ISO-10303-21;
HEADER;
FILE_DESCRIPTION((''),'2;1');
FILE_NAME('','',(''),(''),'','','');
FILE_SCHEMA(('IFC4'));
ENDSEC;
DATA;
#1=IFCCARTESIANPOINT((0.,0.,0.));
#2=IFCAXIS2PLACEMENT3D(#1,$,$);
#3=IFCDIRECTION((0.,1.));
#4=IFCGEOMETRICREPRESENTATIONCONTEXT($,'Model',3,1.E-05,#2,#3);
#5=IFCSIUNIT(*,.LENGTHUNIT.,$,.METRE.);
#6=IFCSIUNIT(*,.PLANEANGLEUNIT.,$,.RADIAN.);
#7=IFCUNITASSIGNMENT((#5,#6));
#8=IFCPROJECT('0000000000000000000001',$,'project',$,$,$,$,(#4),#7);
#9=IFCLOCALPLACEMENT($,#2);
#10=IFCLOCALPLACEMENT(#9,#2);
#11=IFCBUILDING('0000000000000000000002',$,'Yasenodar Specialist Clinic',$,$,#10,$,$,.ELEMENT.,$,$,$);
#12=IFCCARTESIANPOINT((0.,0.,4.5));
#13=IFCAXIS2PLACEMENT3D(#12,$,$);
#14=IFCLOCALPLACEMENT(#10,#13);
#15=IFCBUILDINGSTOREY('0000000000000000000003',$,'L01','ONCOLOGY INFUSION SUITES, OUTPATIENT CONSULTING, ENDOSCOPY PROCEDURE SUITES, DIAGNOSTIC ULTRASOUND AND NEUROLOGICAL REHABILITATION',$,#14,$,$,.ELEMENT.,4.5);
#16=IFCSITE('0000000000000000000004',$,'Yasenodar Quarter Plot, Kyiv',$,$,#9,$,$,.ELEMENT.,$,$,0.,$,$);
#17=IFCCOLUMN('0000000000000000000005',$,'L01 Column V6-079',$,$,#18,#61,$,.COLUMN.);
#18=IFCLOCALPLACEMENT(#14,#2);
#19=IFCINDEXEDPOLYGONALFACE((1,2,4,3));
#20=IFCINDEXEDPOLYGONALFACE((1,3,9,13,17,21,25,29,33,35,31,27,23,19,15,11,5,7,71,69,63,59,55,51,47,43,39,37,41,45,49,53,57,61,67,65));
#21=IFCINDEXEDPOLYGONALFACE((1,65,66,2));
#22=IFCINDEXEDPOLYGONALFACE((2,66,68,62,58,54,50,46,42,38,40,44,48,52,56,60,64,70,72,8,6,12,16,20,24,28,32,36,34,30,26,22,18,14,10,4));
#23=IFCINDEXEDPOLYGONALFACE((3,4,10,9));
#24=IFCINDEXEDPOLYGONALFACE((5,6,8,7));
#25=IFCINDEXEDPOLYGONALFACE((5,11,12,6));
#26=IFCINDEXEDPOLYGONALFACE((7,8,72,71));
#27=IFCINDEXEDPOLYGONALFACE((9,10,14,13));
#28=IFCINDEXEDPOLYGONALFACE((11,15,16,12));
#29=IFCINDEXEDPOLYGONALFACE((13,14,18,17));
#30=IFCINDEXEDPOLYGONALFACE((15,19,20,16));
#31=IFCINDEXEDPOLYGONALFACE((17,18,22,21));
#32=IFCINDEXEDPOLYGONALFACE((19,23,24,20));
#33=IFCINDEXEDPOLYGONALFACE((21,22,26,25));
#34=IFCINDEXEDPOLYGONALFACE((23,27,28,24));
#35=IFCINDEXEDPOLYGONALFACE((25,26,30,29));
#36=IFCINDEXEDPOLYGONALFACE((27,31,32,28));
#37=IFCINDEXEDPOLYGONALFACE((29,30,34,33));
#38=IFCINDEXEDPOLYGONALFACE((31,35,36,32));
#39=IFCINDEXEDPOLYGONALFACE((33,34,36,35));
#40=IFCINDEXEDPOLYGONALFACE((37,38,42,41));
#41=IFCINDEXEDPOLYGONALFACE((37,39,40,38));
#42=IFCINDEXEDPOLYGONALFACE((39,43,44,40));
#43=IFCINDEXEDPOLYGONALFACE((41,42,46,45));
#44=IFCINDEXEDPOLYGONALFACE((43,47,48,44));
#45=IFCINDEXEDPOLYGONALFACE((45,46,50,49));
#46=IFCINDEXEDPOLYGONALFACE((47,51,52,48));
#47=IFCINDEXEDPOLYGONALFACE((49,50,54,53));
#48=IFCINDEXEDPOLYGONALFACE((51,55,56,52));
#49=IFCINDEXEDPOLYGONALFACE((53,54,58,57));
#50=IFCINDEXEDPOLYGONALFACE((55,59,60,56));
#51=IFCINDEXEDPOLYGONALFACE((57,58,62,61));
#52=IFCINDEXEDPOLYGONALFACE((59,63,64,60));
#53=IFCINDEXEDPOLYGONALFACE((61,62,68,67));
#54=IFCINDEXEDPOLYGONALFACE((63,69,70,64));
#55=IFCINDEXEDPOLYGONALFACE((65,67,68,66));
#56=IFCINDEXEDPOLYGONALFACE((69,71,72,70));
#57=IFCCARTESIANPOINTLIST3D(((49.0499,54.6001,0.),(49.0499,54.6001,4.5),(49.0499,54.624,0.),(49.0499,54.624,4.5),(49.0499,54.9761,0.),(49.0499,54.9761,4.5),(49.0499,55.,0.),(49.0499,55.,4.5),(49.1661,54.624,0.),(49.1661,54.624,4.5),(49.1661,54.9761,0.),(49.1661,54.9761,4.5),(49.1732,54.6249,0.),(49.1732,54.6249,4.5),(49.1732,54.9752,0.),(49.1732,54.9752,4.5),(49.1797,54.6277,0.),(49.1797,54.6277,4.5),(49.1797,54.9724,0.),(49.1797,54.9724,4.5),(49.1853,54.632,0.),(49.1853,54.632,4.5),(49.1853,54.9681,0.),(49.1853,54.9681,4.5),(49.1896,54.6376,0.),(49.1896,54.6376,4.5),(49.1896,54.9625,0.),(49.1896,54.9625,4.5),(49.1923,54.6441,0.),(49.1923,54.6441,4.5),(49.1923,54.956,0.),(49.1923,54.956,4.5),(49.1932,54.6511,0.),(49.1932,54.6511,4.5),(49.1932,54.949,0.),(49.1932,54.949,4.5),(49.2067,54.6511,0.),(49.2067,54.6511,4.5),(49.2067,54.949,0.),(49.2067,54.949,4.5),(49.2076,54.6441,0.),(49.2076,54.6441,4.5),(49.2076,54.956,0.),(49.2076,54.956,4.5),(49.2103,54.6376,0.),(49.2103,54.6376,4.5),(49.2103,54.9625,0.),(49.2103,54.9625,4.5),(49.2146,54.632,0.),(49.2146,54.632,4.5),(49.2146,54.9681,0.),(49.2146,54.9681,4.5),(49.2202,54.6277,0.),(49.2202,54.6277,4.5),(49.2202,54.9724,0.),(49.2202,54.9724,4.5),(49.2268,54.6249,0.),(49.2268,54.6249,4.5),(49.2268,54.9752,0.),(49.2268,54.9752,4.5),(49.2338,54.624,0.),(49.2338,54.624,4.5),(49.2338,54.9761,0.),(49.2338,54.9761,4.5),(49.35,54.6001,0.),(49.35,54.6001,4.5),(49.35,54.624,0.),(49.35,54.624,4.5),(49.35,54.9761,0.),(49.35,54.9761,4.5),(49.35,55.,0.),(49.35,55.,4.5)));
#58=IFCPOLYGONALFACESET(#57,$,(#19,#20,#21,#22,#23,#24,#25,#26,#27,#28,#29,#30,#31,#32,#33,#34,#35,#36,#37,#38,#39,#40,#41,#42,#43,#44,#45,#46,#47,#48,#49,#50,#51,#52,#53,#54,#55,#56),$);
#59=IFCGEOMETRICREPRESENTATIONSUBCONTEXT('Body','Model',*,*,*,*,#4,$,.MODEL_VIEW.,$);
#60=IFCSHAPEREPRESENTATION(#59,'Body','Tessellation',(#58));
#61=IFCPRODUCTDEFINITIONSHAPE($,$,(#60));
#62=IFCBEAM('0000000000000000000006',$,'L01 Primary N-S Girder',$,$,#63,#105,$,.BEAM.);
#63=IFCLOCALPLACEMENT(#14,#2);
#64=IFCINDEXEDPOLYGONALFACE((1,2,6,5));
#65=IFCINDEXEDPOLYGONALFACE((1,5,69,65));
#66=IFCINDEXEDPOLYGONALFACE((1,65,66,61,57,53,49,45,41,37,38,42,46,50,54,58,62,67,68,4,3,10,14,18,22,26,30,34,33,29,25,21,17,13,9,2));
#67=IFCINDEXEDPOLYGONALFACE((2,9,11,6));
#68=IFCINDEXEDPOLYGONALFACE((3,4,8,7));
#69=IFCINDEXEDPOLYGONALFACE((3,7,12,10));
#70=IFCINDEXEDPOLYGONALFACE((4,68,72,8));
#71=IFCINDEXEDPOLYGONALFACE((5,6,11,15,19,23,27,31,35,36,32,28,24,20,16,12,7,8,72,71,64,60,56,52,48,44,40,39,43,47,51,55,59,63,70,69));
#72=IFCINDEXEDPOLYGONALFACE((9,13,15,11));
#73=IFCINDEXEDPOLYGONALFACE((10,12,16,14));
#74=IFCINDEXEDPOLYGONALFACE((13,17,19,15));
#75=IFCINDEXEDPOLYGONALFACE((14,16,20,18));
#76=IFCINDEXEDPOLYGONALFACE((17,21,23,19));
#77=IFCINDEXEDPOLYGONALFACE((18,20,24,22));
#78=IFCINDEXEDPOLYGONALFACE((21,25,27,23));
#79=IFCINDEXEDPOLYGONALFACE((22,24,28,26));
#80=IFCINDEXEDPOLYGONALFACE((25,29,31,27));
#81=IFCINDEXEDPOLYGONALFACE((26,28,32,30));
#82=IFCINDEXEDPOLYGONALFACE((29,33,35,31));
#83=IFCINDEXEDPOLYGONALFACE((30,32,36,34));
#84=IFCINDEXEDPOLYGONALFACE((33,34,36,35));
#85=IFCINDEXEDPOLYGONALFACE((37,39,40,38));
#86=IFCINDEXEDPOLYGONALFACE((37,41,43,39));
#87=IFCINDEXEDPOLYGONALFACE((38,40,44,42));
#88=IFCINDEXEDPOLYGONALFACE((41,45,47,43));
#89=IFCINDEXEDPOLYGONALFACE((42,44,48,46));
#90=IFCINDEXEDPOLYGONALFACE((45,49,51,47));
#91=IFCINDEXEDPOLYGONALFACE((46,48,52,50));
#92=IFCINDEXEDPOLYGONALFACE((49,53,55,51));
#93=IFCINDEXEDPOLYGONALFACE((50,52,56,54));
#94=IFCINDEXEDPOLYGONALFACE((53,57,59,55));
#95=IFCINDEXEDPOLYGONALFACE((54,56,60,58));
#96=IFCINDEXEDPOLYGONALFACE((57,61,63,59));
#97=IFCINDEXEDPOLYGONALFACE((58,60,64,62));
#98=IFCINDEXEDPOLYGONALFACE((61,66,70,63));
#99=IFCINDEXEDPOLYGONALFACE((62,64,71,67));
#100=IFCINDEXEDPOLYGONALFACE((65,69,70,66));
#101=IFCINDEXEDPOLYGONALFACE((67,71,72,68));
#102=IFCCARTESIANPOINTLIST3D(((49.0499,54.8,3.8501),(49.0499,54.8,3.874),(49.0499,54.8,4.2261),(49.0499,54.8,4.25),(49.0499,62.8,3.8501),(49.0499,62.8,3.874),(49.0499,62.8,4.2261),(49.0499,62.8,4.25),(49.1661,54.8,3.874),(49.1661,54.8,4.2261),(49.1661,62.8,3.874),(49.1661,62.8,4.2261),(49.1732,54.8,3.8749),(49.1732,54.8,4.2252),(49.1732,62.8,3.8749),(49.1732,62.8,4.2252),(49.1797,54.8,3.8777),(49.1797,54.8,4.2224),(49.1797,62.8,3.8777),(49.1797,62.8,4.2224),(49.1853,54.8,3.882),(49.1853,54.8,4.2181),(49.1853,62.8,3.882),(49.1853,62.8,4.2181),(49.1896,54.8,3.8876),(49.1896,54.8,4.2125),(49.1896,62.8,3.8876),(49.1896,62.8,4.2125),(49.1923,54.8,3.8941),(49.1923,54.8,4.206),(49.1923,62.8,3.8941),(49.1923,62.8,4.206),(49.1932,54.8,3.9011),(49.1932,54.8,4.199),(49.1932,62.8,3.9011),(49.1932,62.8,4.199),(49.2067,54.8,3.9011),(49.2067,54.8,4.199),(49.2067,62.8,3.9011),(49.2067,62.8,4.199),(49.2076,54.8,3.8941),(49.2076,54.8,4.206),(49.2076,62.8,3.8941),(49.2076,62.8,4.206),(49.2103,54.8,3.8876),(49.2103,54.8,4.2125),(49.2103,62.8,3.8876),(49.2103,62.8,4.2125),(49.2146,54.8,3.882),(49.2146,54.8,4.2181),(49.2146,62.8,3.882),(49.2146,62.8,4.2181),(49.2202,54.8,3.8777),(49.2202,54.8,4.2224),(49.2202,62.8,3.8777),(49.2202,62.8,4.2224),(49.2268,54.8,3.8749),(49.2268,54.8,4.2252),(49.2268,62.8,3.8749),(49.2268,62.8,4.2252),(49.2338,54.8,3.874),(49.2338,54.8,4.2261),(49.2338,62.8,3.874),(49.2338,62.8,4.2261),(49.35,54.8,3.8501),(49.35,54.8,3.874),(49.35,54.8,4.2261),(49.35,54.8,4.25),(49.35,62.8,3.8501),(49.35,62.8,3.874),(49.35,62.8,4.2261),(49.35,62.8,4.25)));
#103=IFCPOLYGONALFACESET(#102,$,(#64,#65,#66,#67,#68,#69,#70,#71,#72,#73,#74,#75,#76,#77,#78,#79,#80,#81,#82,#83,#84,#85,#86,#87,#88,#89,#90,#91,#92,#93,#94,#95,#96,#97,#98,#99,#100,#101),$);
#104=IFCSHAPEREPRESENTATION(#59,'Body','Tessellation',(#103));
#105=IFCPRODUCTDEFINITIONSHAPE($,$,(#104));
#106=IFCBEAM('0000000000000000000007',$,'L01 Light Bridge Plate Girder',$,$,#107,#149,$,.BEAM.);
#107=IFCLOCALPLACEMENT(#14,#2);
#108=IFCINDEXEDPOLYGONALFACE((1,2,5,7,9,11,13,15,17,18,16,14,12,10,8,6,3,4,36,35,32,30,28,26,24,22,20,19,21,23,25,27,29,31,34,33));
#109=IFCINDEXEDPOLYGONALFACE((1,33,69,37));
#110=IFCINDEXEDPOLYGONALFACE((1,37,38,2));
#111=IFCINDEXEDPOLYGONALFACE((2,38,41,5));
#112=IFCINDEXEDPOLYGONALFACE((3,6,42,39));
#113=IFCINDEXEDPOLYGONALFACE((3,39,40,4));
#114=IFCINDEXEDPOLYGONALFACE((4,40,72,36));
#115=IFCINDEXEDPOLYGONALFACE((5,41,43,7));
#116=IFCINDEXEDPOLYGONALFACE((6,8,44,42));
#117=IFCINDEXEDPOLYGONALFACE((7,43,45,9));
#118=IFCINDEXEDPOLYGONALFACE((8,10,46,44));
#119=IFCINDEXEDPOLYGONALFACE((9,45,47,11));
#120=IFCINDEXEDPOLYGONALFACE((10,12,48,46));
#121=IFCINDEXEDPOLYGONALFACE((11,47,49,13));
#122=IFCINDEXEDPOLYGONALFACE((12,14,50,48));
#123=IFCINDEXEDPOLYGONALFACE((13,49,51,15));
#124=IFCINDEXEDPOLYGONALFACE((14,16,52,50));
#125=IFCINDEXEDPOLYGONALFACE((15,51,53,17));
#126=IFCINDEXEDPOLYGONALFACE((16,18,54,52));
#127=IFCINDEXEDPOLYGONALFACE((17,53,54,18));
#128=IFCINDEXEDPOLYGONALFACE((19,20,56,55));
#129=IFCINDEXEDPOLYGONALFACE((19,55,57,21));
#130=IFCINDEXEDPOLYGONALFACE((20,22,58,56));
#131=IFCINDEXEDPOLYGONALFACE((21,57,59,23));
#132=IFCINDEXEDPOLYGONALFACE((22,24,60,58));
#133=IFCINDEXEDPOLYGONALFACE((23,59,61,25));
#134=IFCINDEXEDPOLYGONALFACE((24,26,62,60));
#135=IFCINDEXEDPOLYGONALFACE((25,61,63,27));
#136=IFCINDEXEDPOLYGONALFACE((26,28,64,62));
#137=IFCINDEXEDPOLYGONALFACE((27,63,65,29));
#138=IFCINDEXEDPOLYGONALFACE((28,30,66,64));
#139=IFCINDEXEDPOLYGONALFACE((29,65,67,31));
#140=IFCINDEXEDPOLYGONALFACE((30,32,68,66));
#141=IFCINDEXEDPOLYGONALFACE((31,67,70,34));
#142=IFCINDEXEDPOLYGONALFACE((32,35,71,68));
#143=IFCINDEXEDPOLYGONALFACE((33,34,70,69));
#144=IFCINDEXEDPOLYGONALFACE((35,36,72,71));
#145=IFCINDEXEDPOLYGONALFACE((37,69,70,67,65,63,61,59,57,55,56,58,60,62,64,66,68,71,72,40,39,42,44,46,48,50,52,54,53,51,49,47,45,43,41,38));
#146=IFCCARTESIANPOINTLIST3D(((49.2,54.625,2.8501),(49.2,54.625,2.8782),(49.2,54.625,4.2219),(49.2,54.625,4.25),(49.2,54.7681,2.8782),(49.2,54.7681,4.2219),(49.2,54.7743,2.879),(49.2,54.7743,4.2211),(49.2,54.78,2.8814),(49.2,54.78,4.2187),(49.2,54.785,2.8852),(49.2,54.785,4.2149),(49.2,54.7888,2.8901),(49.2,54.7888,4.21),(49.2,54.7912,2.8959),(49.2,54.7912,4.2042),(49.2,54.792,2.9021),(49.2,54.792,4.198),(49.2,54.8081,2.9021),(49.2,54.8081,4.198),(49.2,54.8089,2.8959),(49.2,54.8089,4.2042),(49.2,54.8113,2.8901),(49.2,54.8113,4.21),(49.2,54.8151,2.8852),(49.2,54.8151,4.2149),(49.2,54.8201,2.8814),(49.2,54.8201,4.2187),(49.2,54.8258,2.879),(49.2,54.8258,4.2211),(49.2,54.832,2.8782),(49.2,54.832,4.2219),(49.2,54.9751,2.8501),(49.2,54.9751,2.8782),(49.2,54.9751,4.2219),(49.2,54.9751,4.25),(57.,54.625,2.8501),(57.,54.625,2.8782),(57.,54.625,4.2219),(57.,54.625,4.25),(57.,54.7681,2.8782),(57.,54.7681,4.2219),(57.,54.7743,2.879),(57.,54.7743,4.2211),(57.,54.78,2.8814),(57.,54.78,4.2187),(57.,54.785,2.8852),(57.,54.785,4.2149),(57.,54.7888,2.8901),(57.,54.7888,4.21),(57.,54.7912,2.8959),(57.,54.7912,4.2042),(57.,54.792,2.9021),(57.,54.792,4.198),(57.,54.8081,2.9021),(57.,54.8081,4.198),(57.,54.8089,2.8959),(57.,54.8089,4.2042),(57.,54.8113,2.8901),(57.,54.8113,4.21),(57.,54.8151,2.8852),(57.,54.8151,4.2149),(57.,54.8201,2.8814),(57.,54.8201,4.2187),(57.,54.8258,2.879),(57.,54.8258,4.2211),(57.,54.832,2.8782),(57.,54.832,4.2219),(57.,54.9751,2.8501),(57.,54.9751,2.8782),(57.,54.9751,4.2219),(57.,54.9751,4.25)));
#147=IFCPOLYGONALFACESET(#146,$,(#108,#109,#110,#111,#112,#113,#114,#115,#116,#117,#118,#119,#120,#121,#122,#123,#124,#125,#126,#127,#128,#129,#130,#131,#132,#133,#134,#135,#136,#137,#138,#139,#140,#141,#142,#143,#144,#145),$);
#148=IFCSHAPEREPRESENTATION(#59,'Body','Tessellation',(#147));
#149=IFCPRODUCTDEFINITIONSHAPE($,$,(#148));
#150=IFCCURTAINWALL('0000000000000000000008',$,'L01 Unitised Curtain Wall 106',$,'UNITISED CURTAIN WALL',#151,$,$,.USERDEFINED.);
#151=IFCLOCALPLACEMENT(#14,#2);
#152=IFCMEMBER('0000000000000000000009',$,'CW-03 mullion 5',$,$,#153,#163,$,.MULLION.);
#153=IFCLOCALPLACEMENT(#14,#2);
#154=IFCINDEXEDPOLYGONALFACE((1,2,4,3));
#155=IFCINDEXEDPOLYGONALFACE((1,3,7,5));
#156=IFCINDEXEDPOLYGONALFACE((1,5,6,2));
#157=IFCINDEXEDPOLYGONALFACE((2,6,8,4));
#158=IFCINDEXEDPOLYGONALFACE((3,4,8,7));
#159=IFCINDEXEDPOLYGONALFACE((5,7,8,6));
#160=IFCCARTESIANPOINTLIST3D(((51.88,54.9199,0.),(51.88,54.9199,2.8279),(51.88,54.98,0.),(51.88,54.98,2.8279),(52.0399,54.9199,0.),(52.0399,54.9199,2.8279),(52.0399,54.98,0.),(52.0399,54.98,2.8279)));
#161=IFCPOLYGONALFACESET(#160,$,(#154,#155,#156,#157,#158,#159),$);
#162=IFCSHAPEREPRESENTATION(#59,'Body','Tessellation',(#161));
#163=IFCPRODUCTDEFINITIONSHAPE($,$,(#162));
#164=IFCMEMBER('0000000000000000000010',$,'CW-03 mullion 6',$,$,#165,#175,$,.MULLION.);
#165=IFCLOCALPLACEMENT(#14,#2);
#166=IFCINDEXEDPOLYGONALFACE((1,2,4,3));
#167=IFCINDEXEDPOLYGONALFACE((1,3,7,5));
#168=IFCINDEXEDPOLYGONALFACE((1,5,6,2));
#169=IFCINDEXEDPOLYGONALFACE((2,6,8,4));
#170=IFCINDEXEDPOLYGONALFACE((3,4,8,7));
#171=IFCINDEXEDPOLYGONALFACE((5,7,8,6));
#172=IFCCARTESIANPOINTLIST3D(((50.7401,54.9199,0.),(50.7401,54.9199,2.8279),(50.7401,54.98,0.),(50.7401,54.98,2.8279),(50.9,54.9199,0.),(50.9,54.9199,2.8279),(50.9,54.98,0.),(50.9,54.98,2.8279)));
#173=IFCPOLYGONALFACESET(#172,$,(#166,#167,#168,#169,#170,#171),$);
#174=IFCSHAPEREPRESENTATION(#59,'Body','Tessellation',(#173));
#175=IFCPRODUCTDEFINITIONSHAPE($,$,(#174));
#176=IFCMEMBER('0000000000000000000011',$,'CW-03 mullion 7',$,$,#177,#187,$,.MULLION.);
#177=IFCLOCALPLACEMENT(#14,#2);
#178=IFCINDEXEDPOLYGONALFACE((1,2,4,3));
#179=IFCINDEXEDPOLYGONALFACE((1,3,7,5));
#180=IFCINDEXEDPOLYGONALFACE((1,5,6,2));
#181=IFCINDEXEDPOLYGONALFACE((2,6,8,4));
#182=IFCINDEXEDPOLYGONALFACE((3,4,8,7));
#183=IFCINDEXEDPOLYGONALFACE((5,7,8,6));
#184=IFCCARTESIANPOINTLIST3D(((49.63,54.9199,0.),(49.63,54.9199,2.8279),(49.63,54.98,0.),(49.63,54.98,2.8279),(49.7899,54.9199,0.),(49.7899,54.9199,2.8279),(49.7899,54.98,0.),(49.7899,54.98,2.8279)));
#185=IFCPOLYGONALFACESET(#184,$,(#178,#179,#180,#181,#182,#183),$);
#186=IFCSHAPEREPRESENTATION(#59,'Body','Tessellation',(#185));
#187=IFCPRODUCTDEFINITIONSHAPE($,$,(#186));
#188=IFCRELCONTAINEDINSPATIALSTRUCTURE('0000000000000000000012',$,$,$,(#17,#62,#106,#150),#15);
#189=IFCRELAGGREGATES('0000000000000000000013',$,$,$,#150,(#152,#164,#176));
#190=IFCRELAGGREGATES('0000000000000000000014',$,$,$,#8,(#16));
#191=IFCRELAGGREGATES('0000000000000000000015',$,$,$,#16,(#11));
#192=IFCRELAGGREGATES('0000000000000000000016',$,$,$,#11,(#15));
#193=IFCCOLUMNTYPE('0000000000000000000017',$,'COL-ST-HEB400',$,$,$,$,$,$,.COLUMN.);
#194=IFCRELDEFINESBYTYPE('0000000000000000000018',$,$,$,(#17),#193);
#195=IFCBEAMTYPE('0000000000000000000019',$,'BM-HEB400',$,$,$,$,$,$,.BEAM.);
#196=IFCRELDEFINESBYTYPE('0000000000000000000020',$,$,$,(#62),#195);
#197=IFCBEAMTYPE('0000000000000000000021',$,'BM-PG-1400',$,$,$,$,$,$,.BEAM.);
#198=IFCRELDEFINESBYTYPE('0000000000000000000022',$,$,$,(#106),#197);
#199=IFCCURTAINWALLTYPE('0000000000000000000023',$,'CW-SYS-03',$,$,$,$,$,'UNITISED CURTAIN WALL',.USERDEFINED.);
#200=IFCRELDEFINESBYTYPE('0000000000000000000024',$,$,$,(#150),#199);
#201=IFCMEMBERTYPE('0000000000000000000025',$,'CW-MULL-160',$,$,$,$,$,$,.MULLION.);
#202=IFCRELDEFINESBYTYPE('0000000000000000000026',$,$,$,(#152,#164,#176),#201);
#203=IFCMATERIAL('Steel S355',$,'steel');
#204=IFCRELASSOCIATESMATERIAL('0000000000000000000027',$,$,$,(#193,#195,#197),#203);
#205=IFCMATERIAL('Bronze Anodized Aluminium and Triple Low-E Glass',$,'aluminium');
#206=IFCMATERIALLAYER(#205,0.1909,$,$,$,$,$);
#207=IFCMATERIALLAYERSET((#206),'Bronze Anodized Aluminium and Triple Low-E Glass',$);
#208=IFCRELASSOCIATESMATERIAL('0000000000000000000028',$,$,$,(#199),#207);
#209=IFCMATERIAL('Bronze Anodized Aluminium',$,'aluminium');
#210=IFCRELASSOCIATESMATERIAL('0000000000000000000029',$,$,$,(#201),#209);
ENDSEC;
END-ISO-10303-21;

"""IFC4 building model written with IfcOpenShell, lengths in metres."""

from ifc_helpers import new_model, si_unit, direction, frame, origin, origin_2d, place, context, subcontext, project, spatial, rectangle, i_section, extrude, material, layer, layer_set, material_profile, profile_set, type_object, element, aggregate, save


model = new_model("IFC4")

# Units and contexts
model_context = context("Model", 3, precision=1e-05, world=origin(), true_north=direction((0.0, 1.0)))
body_context = subcontext(model_context, "Body", "Model", "MODEL_VIEW")
ifc_project = project(units=[si_unit("LENGTHUNIT", "METRE"), si_unit("PLANEANGLEUNIT", "RADIAN")], contexts=[model_context])

# Site, building, storey
site_placement = place(None, origin())
site = spatial("IfcSite", under=ifc_project, at=site_placement, Name="Yasenodar Quarter Plot, Kyiv", CompositionType="ELEMENT", RefElevation=0.0)
building_placement = place(site_placement, origin())
building = spatial("IfcBuilding", under=site, at=building_placement, Name="Yasenodar Specialist Clinic", CompositionType="ELEMENT")
storey_placement = place(building_placement, frame((0.0, 0.0, 4.5)))
storey = spatial("IfcBuildingStorey", under=building, at=storey_placement, Name="L01", Description="ONCOLOGY INFUSION SUITES, OUTPATIENT CONSULTING, ENDOSCOPY PROCEDURE SUITES, DIAGNOSTIC ULTRASOUND AND NEUROLOGICAL REHABILITATION", CompositionType="ELEMENT", Elevation=4.5)

# Column
ifc_material_1 = material(Name="Steel S355", Category="steel")
ifc_material_profile_1 = material_profile(ifc_material_1, i_section(OverallWidth=0.3, OverallDepth=0.3999, WebThickness=0.0134, FlangeThickness=0.0239, FilletRadius=0.0271, at=origin_2d()), Name="HEB 400")
ifc_profile_set_1 = profile_set([ifc_material_profile_1], Name="Steel S355")
column_type = type_object("IfcColumnType", Name="COL-ST-HEB400", PredefinedType="COLUMN", material=ifc_profile_set_1)
column_placement = place(storey_placement, frame((49.2, 54.8, 0.0), z_axis=(0.0, 0.0, 1.0), x_axis=(1.0, 0.0, 0.0)))
element("IfcColumn", 1, at=column_placement, inside=storey, type_object=column_type, Name="L01 Column V6-079", PredefinedType="COLUMN", context=body_context, shape_type="SweptSolid", body=[
    extrude(i_section(OverallWidth=0.3, OverallDepth=0.3999, WebThickness=0.0134, FlangeThickness=0.0239, FilletRadius=0.0271, at=origin_2d()), origin(), (0.0, 0.0, 1.0), 4.5),
])

# Beams
ifc_material_profile_2 = material_profile(ifc_material_1, i_section(OverallWidth=0.3, OverallDepth=0.3999, WebThickness=0.0134, FlangeThickness=0.0239, FilletRadius=0.0271, at=origin_2d()), Name="HEB 400")
ifc_profile_set_2 = profile_set([ifc_material_profile_2], Name="Steel S355")
beam_type_1 = type_object("IfcBeamType", Name="BM-HEB400", PredefinedType="BEAM", material=ifc_profile_set_2)
beam_1_placement = place(storey_placement, frame((49.2, 54.8, 4.05), z_axis=(0.0, 1.0, 0.0), x_axis=(-1.0, 0.0, 0.0)))
element("IfcBeam", 2, at=beam_1_placement, inside=storey, type_object=beam_type_1, Name="L01 Primary N-S Girder", PredefinedType="BEAM", context=body_context, shape_type="SweptSolid", body=[
    extrude(i_section(OverallWidth=0.3, OverallDepth=0.3999, WebThickness=0.0134, FlangeThickness=0.0239, FilletRadius=0.0271, at=origin_2d()), origin(), (0.0, 0.0, 1.0), 8.0),
])
ifc_material_profile_3 = material_profile(ifc_material_1, i_section(OverallWidth=0.3501, OverallDepth=1.3999, WebThickness=0.0161, FlangeThickness=0.0281, FilletRadius=0.0239, at=origin_2d()), Name="PG 1400x350")
ifc_profile_set_3 = profile_set([ifc_material_profile_3], Name="Steel S355")
beam_type_2 = type_object("IfcBeamType", Name="BM-PG-1400", PredefinedType="BEAM", material=ifc_profile_set_3)
beam_2_placement = place(storey_placement, frame((49.2, 54.8, 3.55), z_axis=(1.0, 0.0, 0.0), x_axis=(0.0, 1.0, 0.0)))
element("IfcBeam", 3, at=beam_2_placement, inside=storey, type_object=beam_type_2, Name="L01 Light Bridge Plate Girder", PredefinedType="BEAM", context=body_context, shape_type="SweptSolid", body=[
    extrude(i_section(OverallWidth=0.3501, OverallDepth=1.3999, WebThickness=0.0161, FlangeThickness=0.0281, FilletRadius=0.0239, at=origin_2d()), origin(), (0.0, 0.0, 1.0), 7.8),
])

# Curtain wall, members
ifc_material_2 = material(Name="Bronze Anodized Aluminium and Triple Low-E Glass", Category="aluminium")
ifc_layer_1 = layer(ifc_material_2, 0.1909)
ifc_layer_set_1 = layer_set([ifc_layer_1], Name="Bronze Anodized Aluminium and Triple Low-E Glass")
curtain_wall_type = type_object("IfcCurtainWallType", Name="CW-SYS-03", ElementType="UNITISED CURTAIN WALL", PredefinedType="USERDEFINED", material=ifc_layer_set_1)
curtain_wall_placement = place(storey_placement, origin())
curtain_wall = element("IfcCurtainWall", 4, at=curtain_wall_placement, inside=storey, type_object=curtain_wall_type, Name="L01 Unitised Curtain Wall 106", ObjectType="UNITISED CURTAIN WALL", PredefinedType="USERDEFINED")
ifc_material_3 = material(Name="Bronze Anodized Aluminium", Category="aluminium")
ifc_material_profile_4 = material_profile(ifc_material_3, rectangle(XDim=0.0601, YDim=0.1599, at=origin_2d()), Name="CW-MULL 60x160")
ifc_profile_set_4 = profile_set([ifc_material_profile_4], Name="Bronze Anodized Aluminium")
member_type_1 = type_object("IfcMemberType", Name="CW-MULL-160", PredefinedType="MULLION", material=ifc_profile_set_4)
member_1_placement = place(storey_placement, frame((51.96, 54.95, 0.0), z_axis=(0.0, 0.0, 1.0), x_axis=(0.0, -1.0, 0.0)))
member_1 = element("IfcMember", 5, at=member_1_placement, type_object=member_type_1, Name="CW-03 mullion 5", PredefinedType="MULLION", context=body_context, shape_type="SweptSolid", body=[
    extrude(rectangle(XDim=0.0601, YDim=0.1599, at=origin_2d()), origin(), (0.0, 0.0, 1.0), 2.8279),
])
member_2_placement = place(storey_placement, frame((50.8201, 54.95, 0.0), z_axis=(0.0, 0.0, 1.0), x_axis=(0.0, -1.0, 0.0)))
member_2 = element("IfcMember", 6, at=member_2_placement, type_object=member_type_1, Name="CW-03 mullion 6", PredefinedType="MULLION", context=body_context, shape_type="SweptSolid", body=[
    extrude(rectangle(XDim=0.0601, YDim=0.1599, at=origin_2d()), origin(), (0.0, 0.0, 1.0), 2.8279),
])
member_3_placement = place(storey_placement, frame((49.71, 54.95, 0.0), z_axis=(0.0, 0.0, 1.0), x_axis=(0.0, -1.0, 0.0)))
member_3 = element("IfcMember", 7, at=member_3_placement, type_object=member_type_1, Name="CW-03 mullion 7", PredefinedType="MULLION", context=body_context, shape_type="SweptSolid", body=[
    extrude(rectangle(XDim=0.0601, YDim=0.1599, at=origin_2d()), origin(), (0.0, 0.0, 1.0), 2.8279),
])
aggregate(curtain_wall, [member_1, member_2, member_3])

save(model, "model.ifc")
